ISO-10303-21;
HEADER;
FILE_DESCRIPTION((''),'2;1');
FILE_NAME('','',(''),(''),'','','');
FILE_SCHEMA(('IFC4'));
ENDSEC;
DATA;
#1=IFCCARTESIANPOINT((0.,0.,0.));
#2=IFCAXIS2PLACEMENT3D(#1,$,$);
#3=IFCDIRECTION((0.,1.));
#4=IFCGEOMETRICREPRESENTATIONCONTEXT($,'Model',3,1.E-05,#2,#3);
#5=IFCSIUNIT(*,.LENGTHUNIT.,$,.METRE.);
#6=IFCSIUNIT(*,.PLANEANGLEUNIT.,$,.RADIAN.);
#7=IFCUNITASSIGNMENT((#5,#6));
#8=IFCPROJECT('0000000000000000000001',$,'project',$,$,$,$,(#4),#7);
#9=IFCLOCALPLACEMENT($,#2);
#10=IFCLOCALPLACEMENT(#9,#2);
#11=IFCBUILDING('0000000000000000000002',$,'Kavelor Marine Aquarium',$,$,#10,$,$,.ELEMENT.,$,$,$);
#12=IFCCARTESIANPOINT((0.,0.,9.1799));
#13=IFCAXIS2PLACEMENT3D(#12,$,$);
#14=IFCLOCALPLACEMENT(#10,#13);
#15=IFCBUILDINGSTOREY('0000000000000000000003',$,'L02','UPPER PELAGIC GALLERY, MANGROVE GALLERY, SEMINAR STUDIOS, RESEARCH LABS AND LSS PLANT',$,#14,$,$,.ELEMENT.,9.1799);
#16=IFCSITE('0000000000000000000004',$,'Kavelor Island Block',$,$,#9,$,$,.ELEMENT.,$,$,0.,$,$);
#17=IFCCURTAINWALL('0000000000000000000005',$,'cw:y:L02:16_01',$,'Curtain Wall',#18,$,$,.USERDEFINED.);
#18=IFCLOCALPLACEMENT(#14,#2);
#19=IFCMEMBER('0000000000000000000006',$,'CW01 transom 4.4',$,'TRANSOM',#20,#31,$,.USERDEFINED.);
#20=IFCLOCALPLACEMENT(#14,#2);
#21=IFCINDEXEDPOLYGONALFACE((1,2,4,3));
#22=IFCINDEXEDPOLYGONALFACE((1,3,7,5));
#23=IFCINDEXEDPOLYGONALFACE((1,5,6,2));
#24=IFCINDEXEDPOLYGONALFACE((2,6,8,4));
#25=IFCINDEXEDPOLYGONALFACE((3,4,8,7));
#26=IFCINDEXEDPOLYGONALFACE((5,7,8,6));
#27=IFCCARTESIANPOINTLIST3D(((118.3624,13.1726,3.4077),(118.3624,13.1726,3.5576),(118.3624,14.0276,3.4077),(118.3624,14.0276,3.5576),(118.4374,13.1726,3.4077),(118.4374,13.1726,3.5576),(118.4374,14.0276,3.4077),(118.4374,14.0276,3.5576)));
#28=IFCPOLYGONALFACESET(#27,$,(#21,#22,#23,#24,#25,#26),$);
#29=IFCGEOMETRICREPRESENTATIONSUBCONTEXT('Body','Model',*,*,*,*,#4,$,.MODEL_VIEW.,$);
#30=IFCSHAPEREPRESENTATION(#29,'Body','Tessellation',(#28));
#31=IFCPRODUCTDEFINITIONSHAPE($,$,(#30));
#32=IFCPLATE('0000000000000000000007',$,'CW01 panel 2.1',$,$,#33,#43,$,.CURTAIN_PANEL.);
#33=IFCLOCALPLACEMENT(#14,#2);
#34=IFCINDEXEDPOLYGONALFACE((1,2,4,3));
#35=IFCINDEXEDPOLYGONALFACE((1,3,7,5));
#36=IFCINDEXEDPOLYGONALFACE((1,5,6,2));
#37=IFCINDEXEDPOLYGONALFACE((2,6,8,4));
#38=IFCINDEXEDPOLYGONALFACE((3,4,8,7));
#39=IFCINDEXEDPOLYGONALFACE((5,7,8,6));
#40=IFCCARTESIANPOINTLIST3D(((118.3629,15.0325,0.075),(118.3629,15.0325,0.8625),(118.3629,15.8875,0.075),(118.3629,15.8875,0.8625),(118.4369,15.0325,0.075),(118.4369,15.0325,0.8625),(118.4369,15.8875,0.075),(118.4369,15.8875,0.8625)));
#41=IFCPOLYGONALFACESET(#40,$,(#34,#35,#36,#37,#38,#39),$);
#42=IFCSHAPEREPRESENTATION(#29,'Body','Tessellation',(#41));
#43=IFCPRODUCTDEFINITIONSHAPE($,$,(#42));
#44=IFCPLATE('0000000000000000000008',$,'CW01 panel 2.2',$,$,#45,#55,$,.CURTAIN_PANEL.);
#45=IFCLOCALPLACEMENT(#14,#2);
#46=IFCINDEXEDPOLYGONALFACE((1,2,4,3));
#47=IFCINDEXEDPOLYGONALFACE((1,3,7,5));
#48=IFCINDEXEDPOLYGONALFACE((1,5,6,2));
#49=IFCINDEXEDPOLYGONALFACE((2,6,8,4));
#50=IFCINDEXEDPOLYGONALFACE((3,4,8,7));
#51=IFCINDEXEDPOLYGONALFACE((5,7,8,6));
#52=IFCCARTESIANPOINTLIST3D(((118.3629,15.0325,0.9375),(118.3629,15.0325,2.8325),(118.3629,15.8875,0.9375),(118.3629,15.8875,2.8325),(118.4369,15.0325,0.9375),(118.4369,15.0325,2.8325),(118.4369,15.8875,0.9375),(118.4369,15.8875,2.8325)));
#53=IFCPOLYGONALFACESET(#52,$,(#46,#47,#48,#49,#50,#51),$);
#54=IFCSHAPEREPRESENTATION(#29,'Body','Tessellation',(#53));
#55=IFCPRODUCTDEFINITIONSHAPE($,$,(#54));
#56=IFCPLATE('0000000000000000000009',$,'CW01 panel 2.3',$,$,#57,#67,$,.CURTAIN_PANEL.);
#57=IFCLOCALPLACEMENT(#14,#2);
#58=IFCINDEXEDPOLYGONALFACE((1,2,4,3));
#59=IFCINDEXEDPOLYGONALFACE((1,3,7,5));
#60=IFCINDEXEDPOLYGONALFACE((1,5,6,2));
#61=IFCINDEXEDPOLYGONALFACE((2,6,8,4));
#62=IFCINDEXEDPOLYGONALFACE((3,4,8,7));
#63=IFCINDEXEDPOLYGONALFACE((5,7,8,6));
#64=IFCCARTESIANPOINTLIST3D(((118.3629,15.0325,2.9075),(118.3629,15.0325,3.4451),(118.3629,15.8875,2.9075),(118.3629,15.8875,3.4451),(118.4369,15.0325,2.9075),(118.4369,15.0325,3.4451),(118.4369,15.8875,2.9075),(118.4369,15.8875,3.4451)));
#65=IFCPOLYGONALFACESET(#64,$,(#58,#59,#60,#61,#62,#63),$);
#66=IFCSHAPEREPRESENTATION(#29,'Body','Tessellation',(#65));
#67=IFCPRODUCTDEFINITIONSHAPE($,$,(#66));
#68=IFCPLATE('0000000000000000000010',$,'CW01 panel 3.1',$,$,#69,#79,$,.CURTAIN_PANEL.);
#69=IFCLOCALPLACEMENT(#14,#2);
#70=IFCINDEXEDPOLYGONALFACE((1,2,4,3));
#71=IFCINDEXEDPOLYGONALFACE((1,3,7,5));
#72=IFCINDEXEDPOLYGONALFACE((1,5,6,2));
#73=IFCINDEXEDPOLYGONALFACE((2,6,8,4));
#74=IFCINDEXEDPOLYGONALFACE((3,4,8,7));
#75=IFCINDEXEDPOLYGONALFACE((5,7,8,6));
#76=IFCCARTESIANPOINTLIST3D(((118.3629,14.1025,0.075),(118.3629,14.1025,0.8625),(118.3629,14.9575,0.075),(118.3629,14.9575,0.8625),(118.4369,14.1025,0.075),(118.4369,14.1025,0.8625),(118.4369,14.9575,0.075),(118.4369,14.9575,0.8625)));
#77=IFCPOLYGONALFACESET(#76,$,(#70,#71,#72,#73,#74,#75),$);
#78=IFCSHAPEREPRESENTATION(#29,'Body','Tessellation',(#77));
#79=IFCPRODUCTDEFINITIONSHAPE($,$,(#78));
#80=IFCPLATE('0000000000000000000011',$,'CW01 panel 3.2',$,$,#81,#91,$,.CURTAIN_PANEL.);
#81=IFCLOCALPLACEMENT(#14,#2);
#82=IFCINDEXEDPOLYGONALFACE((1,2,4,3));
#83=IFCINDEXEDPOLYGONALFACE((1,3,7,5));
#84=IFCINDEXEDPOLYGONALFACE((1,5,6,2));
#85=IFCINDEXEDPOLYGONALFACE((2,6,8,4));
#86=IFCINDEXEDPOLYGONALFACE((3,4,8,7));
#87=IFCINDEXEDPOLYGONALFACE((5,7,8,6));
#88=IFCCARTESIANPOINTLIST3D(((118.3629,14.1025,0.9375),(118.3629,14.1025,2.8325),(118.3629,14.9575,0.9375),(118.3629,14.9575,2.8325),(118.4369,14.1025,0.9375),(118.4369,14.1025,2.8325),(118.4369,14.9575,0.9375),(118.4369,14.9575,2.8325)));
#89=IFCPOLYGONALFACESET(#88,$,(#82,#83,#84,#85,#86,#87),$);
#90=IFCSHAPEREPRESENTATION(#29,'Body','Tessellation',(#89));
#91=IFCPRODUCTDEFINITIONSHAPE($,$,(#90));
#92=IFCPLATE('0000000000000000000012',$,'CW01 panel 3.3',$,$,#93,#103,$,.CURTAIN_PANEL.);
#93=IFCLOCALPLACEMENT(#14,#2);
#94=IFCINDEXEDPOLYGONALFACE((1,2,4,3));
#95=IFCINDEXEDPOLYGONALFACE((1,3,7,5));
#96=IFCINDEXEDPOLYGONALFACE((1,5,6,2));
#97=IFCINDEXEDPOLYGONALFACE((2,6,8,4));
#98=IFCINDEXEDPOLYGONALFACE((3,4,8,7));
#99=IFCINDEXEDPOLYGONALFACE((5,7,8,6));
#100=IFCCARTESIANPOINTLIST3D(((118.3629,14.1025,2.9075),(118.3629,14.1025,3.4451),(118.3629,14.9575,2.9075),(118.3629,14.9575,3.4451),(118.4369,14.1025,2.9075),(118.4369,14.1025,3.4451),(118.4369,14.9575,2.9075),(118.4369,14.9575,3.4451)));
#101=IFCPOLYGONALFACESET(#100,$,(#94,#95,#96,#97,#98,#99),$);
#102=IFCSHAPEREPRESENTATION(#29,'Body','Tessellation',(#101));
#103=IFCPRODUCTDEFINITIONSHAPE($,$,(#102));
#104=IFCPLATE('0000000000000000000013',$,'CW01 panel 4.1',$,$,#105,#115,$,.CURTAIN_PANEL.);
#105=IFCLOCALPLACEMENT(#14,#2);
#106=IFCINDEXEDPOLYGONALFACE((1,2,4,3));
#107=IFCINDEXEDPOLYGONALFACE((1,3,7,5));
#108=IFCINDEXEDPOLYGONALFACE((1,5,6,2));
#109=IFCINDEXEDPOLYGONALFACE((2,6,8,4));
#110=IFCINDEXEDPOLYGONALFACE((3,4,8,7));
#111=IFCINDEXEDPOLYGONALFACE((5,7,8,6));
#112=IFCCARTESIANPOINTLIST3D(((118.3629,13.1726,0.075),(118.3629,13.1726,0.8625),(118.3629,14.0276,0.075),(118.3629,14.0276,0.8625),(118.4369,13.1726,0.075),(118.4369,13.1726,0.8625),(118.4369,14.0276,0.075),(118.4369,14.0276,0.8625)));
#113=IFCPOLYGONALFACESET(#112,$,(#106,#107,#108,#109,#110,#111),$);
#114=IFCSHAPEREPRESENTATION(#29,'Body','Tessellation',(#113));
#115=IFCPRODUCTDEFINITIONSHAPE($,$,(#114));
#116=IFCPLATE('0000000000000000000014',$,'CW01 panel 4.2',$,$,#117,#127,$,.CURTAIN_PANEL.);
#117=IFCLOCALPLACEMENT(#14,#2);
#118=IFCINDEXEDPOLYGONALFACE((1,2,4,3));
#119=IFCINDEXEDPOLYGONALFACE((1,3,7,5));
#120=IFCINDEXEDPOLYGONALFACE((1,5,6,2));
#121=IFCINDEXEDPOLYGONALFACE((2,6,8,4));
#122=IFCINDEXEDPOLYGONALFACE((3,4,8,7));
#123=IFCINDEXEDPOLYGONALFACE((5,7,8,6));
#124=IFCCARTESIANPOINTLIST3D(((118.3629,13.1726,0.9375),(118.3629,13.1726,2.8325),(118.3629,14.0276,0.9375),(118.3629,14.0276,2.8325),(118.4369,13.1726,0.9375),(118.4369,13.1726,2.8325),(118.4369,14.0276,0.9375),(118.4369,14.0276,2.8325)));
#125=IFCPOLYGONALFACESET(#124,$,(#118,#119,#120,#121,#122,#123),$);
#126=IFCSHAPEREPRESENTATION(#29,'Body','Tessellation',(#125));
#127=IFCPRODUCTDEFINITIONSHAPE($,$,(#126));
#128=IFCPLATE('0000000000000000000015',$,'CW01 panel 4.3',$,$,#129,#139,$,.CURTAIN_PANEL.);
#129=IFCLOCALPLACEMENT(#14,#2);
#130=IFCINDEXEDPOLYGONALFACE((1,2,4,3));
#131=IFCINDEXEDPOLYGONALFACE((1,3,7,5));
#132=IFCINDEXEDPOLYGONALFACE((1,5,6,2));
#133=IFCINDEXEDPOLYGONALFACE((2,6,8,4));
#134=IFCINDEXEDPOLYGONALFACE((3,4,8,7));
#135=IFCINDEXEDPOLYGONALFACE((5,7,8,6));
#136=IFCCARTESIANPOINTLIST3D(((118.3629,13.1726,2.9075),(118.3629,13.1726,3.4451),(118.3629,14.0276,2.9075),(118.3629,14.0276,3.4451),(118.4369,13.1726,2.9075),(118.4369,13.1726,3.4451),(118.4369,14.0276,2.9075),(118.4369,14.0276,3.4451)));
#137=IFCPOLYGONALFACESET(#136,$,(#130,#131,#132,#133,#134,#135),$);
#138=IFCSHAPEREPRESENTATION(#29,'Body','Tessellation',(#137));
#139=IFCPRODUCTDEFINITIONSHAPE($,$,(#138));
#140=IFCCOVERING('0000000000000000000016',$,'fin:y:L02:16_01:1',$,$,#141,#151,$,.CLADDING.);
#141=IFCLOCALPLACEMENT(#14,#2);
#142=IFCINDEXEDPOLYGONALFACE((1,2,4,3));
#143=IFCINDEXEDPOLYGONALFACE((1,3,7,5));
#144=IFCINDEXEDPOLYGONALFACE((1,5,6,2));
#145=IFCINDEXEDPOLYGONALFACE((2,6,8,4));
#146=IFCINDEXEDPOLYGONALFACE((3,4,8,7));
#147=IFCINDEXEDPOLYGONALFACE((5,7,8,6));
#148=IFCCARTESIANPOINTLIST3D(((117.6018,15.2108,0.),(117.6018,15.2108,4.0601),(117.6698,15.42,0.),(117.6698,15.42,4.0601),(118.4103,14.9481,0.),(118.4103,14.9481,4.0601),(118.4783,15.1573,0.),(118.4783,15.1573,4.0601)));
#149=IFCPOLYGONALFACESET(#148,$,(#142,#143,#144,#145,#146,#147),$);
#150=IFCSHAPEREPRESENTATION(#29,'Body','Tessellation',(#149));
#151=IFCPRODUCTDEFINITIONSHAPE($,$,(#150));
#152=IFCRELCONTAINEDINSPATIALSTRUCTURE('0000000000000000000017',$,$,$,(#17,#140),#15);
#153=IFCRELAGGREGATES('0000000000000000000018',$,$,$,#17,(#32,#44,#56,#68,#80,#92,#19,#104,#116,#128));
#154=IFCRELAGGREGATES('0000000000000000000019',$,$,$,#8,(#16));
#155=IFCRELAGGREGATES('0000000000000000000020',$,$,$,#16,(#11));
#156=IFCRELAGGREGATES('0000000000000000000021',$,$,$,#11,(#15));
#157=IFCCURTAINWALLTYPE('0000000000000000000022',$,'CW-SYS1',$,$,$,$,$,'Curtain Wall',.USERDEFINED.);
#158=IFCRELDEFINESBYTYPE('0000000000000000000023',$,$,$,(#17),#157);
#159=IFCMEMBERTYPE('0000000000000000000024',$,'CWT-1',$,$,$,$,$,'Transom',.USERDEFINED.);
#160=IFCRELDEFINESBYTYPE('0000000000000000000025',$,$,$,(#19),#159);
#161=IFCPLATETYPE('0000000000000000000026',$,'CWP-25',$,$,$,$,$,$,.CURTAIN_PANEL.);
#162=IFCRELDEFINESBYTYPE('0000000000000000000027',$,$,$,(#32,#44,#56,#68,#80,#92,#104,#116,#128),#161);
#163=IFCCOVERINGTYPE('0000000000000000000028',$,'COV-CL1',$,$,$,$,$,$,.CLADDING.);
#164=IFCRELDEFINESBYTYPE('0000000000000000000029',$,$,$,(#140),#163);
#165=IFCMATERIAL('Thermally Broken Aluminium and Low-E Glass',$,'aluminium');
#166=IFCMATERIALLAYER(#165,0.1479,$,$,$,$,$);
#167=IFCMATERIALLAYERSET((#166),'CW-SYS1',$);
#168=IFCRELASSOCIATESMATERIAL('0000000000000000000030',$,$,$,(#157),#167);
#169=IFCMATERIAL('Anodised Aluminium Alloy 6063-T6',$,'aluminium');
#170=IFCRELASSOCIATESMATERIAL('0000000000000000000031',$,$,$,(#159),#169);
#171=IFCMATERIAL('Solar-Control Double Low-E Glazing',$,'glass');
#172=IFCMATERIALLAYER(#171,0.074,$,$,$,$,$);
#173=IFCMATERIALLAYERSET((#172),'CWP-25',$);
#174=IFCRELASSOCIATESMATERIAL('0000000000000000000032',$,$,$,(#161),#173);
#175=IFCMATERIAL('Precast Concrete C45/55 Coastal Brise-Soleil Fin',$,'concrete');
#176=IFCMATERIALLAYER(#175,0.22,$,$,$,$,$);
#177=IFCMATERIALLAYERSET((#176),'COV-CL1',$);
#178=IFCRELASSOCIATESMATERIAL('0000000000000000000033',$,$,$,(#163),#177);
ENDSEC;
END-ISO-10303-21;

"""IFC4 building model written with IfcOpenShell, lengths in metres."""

from ifc_helpers import new_model, si_unit, direction, frame, origin, origin_2d, place, context, subcontext, project, spatial, rectangle, extrude, material, layer, layer_set, material_profile, profile_set, type_object, element, aggregate, save


model = new_model("IFC4")

# Units and contexts
model_context = context("Model", 3, precision=1e-05, world=origin(), true_north=direction((0.0, 1.0)))
body_context = subcontext(model_context, "Body", "Model", "MODEL_VIEW")
ifc_project = project(units=[si_unit("LENGTHUNIT", "METRE"), si_unit("PLANEANGLEUNIT", "RADIAN")], contexts=[model_context])

# Site, building, storey
site_placement = place(None, origin())
site = spatial("IfcSite", under=ifc_project, at=site_placement, Name="Kavelor Island Block", CompositionType="ELEMENT", RefElevation=0.0)
building_placement = place(site_placement, origin())
building = spatial("IfcBuilding", under=site, at=building_placement, Name="Kavelor Marine Aquarium", CompositionType="ELEMENT")
storey_placement = place(building_placement, frame((0.0, 0.0, 9.1799)))
storey = spatial("IfcBuildingStorey", under=building, at=storey_placement, Name="L02", Description="UPPER PELAGIC GALLERY, MANGROVE GALLERY, SEMINAR STUDIOS, RESEARCH LABS AND LSS PLANT", CompositionType="ELEMENT", Elevation=9.1799)

# Curtain wall, member, plates
ifc_material_1 = material(Name="Thermally Broken Aluminium and Low-E Glass", Category="aluminium")
ifc_layer_1 = layer(ifc_material_1, 0.1479)
ifc_layer_set_1 = layer_set([ifc_layer_1], Name="CW-SYS1")
curtain_wall_type = type_object("IfcCurtainWallType", Name="CW-SYS1", ElementType="Curtain Wall", PredefinedType="USERDEFINED", material=ifc_layer_set_1)
curtain_wall_placement = place(storey_placement, origin())
curtain_wall = element("IfcCurtainWall", 1, at=curtain_wall_placement, inside=storey, type_object=curtain_wall_type, Name="cw:y:L02:16_01", ObjectType="Curtain Wall", PredefinedType="USERDEFINED")
ifc_material_2 = material(Name="Anodised Aluminium Alloy 6063-T6", Category="aluminium")
ifc_material_profile_1 = material_profile(ifc_material_2, rectangle(XDim=0.075, YDim=0.1499, at=origin_2d()), Name="CW-TRN 75x150")
ifc_profile_set_1 = profile_set([ifc_material_profile_1], Name="Anodised Aluminium Alloy 6063-T6")
member_type_1 = type_object("IfcMemberType", Name="CWT-1", ElementType="Transom", PredefinedType="USERDEFINED", material=ifc_profile_set_1)
member_1_placement = place(storey_placement, frame((118.3999, 14.0276, 3.4827), z_axis=(0.0, -1.0, 0.0), x_axis=(1.0, 0.0, 0.0)))
member_1 = element("IfcMember", 2, at=member_1_placement, type_object=member_type_1, Name="CW01 transom 4.4", ObjectType="TRANSOM", PredefinedType="USERDEFINED", context=body_context, shape_type="SweptSolid", body=[
    extrude(rectangle(XDim=0.075, YDim=0.1499, at=origin_2d()), origin(), (0.0, 0.0, 1.0), 0.855),
])
ifc_material_3 = material(Name="Solar-Control Double Low-E Glazing", Category="glass")
ifc_layer_2 = layer(ifc_material_3, 0.074)
ifc_layer_set_2 = layer_set([ifc_layer_2], Name="CWP-25")
plate_type = type_object("IfcPlateType", Name="CWP-25", PredefinedType="CURTAIN_PANEL", material=ifc_layer_set_2)
plate_1_placement = place(storey_placement, frame((118.3999, 15.46, 0.075), z_axis=(0.0, 0.0, 1.0), x_axis=(0.0, -1.0, 0.0)))
plate_1 = element("IfcPlate", 3, at=plate_1_placement, type_object=plate_type, Name="CW01 panel 2.1", PredefinedType="CURTAIN_PANEL", context=body_context, shape_type="SweptSolid", body=[
    extrude(rectangle(XDim=0.855, YDim=0.074, at=origin_2d()), origin(), (0.0, 0.0, 1.0), 0.7876),
])
plate_2_placement = place(storey_placement, frame((118.3999, 15.46, 0.9375), z_axis=(0.0, 0.0, 1.0), x_axis=(0.0, -1.0, 0.0)))
plate_2 = element("IfcPlate", 4, at=plate_2_placement, type_object=plate_type, Name="CW01 panel 2.2", PredefinedType="CURTAIN_PANEL", context=body_context, shape_type="SweptSolid", body=[
    extrude(rectangle(XDim=0.855, YDim=0.074, at=origin_2d()), origin(), (0.0, 0.0, 1.0), 1.895),
])
plate_3_placement = place(storey_placement, frame((118.3999, 15.46, 2.9075), z_axis=(0.0, 0.0, 1.0), x_axis=(0.0, -1.0, 0.0)))
plate_3 = element("IfcPlate", 5, at=plate_3_placement, type_object=plate_type, Name="CW01 panel 2.3", PredefinedType="CURTAIN_PANEL", context=body_context, shape_type="SweptSolid", body=[
    extrude(rectangle(XDim=0.855, YDim=0.074, at=origin_2d()), origin(), (0.0, 0.0, 1.0), 0.5376),
])
plate_4_placement = place(storey_placement, frame((118.3999, 14.53, 0.075), z_axis=(0.0, 0.0, 1.0), x_axis=(0.0, -1.0, 0.0)))
plate_4 = element("IfcPlate", 6, at=plate_4_placement, type_object=plate_type, Name="CW01 panel 3.1", PredefinedType="CURTAIN_PANEL", context=body_context, shape_type="SweptSolid", body=[
    extrude(rectangle(XDim=0.855, YDim=0.074, at=origin_2d()), origin(), (0.0, 0.0, 1.0), 0.7876),
])
plate_5_placement = place(storey_placement, frame((118.3999, 14.53, 0.9375), z_axis=(0.0, 0.0, 1.0), x_axis=(0.0, -1.0, 0.0)))
plate_5 = element("IfcPlate", 7, at=plate_5_placement, type_object=plate_type, Name="CW01 panel 3.2", PredefinedType="CURTAIN_PANEL", context=body_context, shape_type="SweptSolid", body=[
    extrude(rectangle(XDim=0.855, YDim=0.074, at=origin_2d()), origin(), (0.0, 0.0, 1.0), 1.895),
])
plate_6_placement = place(storey_placement, frame((118.3999, 14.53, 2.9075), z_axis=(0.0, 0.0, 1.0), x_axis=(0.0, -1.0, 0.0)))
plate_6 = element("IfcPlate", 8, at=plate_6_placement, type_object=plate_type, Name="CW01 panel 3.3", PredefinedType="CURTAIN_PANEL", context=body_context, shape_type="SweptSolid", body=[
    extrude(rectangle(XDim=0.855, YDim=0.074, at=origin_2d()), origin(), (0.0, 0.0, 1.0), 0.5376),
])
plate_7_placement = place(storey_placement, frame((118.3999, 13.6001, 0.075), z_axis=(0.0, 0.0, 1.0), x_axis=(0.0, -1.0, 0.0)))
plate_7 = element("IfcPlate", 9, at=plate_7_placement, type_object=plate_type, Name="CW01 panel 4.1", PredefinedType="CURTAIN_PANEL", context=body_context, shape_type="SweptSolid", body=[
    extrude(rectangle(XDim=0.855, YDim=0.074, at=origin_2d()), origin(), (0.0, 0.0, 1.0), 0.7876),
])
plate_8_placement = place(storey_placement, frame((118.3999, 13.6001, 0.9375), z_axis=(0.0, 0.0, 1.0), x_axis=(0.0, -1.0, 0.0)))
plate_8 = element("IfcPlate", 10, at=plate_8_placement, type_object=plate_type, Name="CW01 panel 4.2", PredefinedType="CURTAIN_PANEL", context=body_context, shape_type="SweptSolid", body=[
    extrude(rectangle(XDim=0.855, YDim=0.074, at=origin_2d()), origin(), (0.0, 0.0, 1.0), 1.895),
])
plate_9_placement = place(storey_placement, frame((118.3999, 13.6001, 2.9075), z_axis=(0.0, 0.0, 1.0), x_axis=(0.0, -1.0, 0.0)))
plate_9 = element("IfcPlate", 11, at=plate_9_placement, type_object=plate_type, Name="CW01 panel 4.3", PredefinedType="CURTAIN_PANEL", context=body_context, shape_type="SweptSolid", body=[
    extrude(rectangle(XDim=0.855, YDim=0.074, at=origin_2d()), origin(), (0.0, 0.0, 1.0), 0.5376),
])
aggregate(curtain_wall, [plate_1, plate_2, plate_3, plate_4, plate_5, plate_6, member_1, plate_7, plate_8, plate_9])

# Covering
ifc_material_4 = material(Name="Precast Concrete C45/55 Coastal Brise-Soleil Fin", Category="concrete")
ifc_layer_3 = layer(ifc_material_4, 0.22)
ifc_layer_set_3 = layer_set([ifc_layer_3], Name="COV-CL1")
covering_type = type_object("IfcCoveringType", Name="COV-CL1", PredefinedType="CLADDING", material=ifc_layer_set_3)
covering_placement = place(storey_placement, frame((118.04, 15.1841, 0.0), z_axis=(0.0, 0.0, 1.0), x_axis=(0.951057, -0.309017, 0.0)))
element("IfcCovering", 12, at=covering_placement, inside=storey, type_object=covering_type, Name="fin:y:L02:16_01:1", PredefinedType="CLADDING", context=body_context, shape_type="SweptSolid", body=[
    extrude(rectangle(XDim=0.8501, YDim=0.22, at=origin_2d()), origin(), (0.0, 0.0, 1.0), 4.0601),
])

save(model, "model.ifc")
